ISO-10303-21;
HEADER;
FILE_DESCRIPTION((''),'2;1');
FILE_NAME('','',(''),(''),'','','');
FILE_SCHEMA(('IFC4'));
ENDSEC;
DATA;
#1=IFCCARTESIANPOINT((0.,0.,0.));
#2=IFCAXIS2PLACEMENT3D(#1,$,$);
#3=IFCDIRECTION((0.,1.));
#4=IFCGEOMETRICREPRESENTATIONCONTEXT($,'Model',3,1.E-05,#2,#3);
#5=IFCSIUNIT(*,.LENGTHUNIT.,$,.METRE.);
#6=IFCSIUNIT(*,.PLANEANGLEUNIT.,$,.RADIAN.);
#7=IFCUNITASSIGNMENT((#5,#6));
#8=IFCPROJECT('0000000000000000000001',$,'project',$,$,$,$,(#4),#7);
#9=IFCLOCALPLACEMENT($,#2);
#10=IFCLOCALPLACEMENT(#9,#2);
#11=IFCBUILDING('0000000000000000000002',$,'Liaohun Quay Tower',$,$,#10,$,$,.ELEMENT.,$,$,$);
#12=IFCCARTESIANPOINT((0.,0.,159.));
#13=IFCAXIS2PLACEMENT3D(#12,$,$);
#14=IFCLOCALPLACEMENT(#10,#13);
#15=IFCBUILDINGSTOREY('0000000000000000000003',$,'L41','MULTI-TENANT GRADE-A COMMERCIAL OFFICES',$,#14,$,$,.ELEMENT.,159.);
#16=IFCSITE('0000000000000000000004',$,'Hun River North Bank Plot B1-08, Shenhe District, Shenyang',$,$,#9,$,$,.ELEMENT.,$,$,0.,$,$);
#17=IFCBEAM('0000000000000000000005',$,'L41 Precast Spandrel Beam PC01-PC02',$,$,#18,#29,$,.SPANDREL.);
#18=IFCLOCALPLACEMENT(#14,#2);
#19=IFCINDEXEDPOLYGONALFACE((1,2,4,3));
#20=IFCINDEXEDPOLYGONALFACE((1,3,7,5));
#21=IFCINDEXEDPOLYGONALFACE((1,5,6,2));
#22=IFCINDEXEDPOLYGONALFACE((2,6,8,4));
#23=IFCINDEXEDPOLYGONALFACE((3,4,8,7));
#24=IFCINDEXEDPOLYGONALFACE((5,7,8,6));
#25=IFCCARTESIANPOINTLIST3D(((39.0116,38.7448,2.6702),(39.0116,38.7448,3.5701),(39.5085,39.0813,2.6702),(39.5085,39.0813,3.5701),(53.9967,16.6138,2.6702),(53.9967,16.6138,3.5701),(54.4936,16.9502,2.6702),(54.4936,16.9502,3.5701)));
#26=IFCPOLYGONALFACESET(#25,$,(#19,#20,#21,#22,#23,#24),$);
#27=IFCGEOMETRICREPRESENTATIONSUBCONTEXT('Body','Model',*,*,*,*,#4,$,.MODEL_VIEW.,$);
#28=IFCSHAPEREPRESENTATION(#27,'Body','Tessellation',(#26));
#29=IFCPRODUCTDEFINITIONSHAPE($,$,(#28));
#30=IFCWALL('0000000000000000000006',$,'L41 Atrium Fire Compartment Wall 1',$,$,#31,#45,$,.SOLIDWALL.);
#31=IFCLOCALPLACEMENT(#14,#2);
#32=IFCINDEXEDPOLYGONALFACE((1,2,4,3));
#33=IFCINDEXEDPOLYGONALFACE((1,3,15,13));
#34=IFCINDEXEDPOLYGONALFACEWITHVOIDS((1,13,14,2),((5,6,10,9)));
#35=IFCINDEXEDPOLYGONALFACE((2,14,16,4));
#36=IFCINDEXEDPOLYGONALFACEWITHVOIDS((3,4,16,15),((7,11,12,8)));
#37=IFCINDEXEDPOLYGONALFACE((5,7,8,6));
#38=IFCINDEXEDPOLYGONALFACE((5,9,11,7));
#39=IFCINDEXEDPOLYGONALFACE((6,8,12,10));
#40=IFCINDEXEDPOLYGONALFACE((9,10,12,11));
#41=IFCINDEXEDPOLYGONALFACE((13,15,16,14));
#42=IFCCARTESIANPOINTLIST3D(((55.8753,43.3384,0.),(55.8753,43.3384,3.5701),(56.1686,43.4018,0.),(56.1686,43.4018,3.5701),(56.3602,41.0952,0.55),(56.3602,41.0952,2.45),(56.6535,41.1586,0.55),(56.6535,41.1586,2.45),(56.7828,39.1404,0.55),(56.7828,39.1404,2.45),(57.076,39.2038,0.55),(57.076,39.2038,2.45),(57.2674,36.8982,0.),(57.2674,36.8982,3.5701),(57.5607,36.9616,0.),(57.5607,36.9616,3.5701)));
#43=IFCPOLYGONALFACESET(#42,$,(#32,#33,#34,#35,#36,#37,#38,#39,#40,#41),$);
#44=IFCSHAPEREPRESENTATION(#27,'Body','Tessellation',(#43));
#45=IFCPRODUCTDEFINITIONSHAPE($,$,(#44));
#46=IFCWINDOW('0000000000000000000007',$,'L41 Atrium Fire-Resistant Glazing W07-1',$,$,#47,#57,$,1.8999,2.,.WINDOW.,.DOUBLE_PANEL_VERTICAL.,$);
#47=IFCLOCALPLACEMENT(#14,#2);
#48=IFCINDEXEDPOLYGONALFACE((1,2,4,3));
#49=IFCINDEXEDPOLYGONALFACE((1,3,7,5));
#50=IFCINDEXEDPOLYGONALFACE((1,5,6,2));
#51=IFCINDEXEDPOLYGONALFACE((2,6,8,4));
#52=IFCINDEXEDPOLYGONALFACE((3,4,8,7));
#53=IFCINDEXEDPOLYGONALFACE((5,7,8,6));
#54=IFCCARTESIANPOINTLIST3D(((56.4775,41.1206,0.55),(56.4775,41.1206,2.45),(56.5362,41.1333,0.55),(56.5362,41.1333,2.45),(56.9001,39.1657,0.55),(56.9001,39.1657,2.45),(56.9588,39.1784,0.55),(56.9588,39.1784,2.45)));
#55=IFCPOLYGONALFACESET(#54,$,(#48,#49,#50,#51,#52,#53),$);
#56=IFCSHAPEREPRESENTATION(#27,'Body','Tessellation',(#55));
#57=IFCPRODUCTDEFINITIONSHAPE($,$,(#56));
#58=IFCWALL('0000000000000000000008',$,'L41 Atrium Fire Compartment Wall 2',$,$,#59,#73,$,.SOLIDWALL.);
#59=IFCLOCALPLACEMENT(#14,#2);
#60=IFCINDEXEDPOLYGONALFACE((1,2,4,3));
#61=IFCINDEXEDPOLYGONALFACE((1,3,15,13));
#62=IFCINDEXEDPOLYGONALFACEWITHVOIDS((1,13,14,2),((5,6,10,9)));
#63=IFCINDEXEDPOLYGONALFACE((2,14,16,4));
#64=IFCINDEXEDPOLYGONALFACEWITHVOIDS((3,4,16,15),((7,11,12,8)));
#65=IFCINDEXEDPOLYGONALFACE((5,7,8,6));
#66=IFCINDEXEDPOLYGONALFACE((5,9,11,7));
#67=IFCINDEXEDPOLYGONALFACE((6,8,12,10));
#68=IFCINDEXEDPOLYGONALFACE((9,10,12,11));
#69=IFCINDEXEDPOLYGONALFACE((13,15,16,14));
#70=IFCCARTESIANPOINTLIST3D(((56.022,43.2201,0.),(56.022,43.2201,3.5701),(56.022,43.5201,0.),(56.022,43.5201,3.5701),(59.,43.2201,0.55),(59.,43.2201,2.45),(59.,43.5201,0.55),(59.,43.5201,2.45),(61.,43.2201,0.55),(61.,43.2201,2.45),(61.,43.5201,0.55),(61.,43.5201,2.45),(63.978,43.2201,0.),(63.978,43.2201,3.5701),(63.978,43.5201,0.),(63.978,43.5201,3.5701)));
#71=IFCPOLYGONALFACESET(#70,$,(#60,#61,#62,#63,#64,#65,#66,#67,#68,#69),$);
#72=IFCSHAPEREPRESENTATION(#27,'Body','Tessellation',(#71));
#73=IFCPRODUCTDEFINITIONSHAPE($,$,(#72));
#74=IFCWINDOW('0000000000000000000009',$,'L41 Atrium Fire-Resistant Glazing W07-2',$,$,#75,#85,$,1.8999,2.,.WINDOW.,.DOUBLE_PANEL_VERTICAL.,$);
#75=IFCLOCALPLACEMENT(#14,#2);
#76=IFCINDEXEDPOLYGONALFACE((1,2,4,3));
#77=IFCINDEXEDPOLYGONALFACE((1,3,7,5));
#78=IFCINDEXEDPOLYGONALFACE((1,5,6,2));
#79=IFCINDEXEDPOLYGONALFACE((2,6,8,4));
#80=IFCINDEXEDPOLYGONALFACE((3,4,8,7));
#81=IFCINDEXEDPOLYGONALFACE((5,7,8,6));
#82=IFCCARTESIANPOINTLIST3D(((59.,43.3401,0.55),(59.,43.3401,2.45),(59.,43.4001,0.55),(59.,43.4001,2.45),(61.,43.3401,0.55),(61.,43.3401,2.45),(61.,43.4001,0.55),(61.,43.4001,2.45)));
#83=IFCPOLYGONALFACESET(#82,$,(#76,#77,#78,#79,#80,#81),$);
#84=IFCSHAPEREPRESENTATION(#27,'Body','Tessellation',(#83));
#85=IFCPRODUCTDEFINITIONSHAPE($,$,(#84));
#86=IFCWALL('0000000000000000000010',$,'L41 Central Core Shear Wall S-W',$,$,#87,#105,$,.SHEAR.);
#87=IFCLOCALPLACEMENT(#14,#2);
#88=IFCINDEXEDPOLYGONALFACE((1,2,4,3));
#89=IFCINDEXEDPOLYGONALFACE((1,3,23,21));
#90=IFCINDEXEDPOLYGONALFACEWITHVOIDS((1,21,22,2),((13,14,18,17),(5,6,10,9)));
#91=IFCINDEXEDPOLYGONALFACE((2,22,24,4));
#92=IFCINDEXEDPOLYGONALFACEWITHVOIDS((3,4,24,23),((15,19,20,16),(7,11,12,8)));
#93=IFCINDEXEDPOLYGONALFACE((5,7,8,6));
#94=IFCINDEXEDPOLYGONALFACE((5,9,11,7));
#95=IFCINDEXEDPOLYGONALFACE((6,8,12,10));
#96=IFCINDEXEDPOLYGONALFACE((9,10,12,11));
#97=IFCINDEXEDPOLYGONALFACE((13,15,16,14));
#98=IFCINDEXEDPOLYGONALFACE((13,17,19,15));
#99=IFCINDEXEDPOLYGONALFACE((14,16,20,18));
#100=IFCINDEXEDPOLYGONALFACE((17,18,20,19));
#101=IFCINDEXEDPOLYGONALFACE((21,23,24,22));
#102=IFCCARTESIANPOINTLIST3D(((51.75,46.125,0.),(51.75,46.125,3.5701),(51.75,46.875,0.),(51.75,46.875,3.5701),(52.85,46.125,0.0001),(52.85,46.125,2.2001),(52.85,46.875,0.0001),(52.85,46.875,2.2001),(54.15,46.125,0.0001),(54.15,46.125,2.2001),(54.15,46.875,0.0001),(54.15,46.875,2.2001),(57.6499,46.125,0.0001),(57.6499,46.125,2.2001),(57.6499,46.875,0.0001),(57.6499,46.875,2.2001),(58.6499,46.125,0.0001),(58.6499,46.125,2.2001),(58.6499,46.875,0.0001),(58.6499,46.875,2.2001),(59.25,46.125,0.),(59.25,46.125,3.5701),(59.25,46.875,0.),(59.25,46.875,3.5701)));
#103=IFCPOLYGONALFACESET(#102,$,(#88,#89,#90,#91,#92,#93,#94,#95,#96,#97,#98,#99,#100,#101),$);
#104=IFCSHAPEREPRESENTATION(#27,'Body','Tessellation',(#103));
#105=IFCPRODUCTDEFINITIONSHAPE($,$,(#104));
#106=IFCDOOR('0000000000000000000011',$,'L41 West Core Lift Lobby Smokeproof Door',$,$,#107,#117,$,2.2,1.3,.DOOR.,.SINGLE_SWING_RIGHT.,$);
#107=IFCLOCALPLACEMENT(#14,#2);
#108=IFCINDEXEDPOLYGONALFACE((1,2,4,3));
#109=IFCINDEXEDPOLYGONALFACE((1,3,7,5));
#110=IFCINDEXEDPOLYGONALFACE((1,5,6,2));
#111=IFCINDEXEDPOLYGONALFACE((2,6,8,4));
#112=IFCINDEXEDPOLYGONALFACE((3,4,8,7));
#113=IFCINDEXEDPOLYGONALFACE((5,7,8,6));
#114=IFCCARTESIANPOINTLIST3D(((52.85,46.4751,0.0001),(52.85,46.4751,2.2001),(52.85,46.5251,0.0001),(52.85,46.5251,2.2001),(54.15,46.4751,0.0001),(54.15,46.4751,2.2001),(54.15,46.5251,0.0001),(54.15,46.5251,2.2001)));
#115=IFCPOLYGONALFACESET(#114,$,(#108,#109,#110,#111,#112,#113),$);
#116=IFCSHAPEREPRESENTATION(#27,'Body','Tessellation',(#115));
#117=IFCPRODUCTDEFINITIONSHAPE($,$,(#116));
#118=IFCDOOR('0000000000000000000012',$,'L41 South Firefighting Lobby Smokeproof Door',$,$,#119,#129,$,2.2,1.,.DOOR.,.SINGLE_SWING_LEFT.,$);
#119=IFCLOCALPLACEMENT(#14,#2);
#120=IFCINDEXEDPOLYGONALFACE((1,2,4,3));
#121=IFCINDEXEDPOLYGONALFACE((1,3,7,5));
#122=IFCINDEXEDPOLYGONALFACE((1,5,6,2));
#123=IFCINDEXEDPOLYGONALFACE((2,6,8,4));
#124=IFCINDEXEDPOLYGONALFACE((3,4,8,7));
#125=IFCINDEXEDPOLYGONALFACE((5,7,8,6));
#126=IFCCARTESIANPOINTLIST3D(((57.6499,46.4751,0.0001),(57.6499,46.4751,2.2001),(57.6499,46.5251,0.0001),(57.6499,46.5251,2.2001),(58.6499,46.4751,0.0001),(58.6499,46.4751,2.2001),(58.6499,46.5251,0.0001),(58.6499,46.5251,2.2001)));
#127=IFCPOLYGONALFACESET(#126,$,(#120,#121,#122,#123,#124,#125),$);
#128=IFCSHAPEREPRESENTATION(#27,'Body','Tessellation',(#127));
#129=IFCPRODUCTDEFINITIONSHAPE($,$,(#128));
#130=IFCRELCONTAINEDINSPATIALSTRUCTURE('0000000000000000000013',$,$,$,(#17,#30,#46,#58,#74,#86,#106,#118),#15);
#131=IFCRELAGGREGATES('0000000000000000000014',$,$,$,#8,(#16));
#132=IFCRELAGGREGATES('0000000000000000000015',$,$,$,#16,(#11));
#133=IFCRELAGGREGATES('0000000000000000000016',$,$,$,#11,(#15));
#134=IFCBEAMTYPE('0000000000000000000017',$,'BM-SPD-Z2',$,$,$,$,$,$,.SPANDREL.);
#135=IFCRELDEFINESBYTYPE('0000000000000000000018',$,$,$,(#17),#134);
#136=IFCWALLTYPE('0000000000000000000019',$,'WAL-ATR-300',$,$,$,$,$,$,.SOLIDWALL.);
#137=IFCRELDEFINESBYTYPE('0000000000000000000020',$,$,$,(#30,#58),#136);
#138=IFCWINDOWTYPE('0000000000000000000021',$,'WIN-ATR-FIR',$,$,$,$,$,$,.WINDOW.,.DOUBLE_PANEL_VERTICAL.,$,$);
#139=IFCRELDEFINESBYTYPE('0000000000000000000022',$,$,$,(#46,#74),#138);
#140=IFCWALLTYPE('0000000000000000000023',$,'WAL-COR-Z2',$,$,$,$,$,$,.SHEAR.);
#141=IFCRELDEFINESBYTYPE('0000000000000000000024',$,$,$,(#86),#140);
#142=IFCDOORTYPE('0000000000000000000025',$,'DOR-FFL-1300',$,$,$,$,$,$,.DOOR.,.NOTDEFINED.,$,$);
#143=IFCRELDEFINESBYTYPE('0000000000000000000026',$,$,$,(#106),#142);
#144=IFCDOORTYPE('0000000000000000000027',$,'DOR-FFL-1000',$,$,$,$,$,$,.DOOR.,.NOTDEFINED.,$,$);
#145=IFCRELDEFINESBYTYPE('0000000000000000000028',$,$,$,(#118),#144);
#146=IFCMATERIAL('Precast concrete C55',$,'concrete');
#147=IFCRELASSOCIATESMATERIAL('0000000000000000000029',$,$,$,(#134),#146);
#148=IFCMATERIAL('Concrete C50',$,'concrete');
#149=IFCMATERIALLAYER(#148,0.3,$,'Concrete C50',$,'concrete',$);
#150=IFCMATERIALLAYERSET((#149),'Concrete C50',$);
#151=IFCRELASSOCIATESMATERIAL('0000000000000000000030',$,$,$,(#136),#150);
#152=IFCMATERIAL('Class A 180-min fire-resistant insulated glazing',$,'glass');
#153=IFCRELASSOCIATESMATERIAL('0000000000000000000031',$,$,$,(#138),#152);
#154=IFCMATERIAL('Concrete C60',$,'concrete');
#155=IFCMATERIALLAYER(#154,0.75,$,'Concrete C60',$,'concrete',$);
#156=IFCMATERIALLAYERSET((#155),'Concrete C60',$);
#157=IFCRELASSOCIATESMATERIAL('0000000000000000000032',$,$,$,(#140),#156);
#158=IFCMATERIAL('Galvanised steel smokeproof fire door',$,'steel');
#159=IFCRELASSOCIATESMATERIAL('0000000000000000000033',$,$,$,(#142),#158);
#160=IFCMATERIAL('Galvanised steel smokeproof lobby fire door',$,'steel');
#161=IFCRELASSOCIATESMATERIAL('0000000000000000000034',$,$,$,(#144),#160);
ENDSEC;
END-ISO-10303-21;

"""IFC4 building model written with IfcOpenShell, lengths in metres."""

from ifc_helpers import new_model, si_unit, direction, frame, frame_2d, origin, origin_2d, place, context, subcontext, project, spatial, rectangle, extrude, source, transform, mapped, material, layer, layer_set, material_profile, profile_set, type_object, element, fill, save


model = new_model("IFC4")

# Units and contexts
model_context = context("Model", 3, precision=1e-05, world=origin(), true_north=direction((0.0, 1.0)))
body_context = subcontext(model_context, "Body", "Model", "MODEL_VIEW")
ifc_project = project(units=[si_unit("LENGTHUNIT", "METRE"), si_unit("PLANEANGLEUNIT", "RADIAN")], contexts=[model_context])

# Site, building, storey
site_placement = place(None, origin())
site = spatial("IfcSite", under=ifc_project, at=site_placement, Name="Hun River North Bank Plot B1-08, Shenhe District, Shenyang", CompositionType="ELEMENT", RefElevation=0.0)
building_placement = place(site_placement, origin())
building = spatial("IfcBuilding", under=site, at=building_placement, Name="Liaohun Quay Tower", CompositionType="ELEMENT")
storey_placement = place(building_placement, frame((0.0, 0.0, 159.0)))
storey = spatial("IfcBuildingStorey", under=building, at=storey_placement, Name="L41", Description="MULTI-TENANT GRADE-A COMMERCIAL OFFICES", CompositionType="ELEMENT", Elevation=159.0)

# Shared definitions
ifc_material_1 = material(Name="Concrete C60", Category="concrete")

# Beam
ifc_material_2 = material(Name="Precast concrete C55", Category="concrete")
ifc_material_profile_1 = material_profile(ifc_material_2, rectangle(XDim=0.6001, YDim=0.8999, at=origin_2d()), Name="RC600x900")
ifc_profile_set_1 = profile_set([ifc_material_profile_1], Name="Precast concrete C55")
beam_type_1 = type_object("IfcBeamType", Name="BM-SPD-Z2", PredefinedType="SPANDREL", material=ifc_profile_set_1)
shared_shape_1 = source(origin(), body_context, "Body", "SweptSolid", [
    extrude(rectangle(XDim=0.6001, YDim=0.8999, at=origin_2d()), origin(), (0.0, 0.0, 1.0), 26.7271),
])
beam_1_placement = place(storey_placement, frame((54.2451, 16.782, 3.1201), z_axis=(-0.56067, 0.828039, 0.0), x_axis=(-0.828039, -0.56067, 0.0)))
element("IfcBeam", 1, at=beam_1_placement, inside=storey, type_object=beam_type_1, Name="L41 Precast Spandrel Beam PC01-PC02", PredefinedType="SPANDREL", context=body_context, shape_type="MappedRepresentation", body=[
    mapped(shared_shape_1, transform((0.0, 0.0, 0.0), x_axis=(1.0, 0.0, 0.0), y_axis=(0.0, 1.0, 0.0), z_axis=(0.0, 0.0, 1.0), scale=1.0)),
])

# Walls, openings, windows
ifc_material_3 = material(Name="Concrete C50", Category="concrete")
ifc_layer_1 = layer(ifc_material_3, 0.3, Name="Concrete C50", Category="concrete")
ifc_layer_set_1 = layer_set([ifc_layer_1], Name="Concrete C50")
wall_type_1 = type_object("IfcWallType", Name="WAL-ATR-300", PredefinedType="SOLIDWALL", material=ifc_layer_set_1)
wall_1_placement = place(storey_placement, frame((57.4141, 36.9299, 0.0), z_axis=(0.0, 0.0, 1.0), x_axis=(-0.211277, 0.977426, 0.0)))
wall_1 = element("IfcWall", 2, at=wall_1_placement, inside=storey, type_object=wall_type_1, Name="L41 Atrium Fire Compartment Wall 1", PredefinedType="SOLIDWALL", context=body_context, shape_type="SweptSolid", body=[
    extrude(rectangle(XDim=6.5889, YDim=0.3, at=frame_2d((3.2944, 0.0))), origin(), (0.0, 0.0, 1.0), 3.5701),
])
shared_shape_2 = source(origin(), body_context, "Body", "SweptSolid", [
    extrude(rectangle(XDim=2.0, YDim=1.8999, at=frame_2d((1.0, 0.95))), frame((0.0, 0.1599, 0.0), z_axis=(0.0, -1.0, 0.0), x_axis=(1.0, 0.0, 0.0)), (0.0, 0.0, 1.0), 0.3201),
])
opening_1_placement = place(wall_1_placement, frame((2.2939, 0.0, 0.55)))
opening_1 = element("IfcOpeningElement", 3, at=opening_1_placement, cuts=wall_1, PredefinedType="OPENING", context=body_context, shape_type="MappedRepresentation", body=[
    mapped(shared_shape_2, transform((0.0, 0.0, 0.0), x_axis=(1.0, 0.0, 0.0), y_axis=(0.0, 1.0, 0.0), z_axis=(0.0, 0.0, 1.0), scale=1.0)),
])
ifc_material_4 = material(Name="Class A 180-min fire-resistant insulated glazing", Category="glass")
window_type_1 = type_object("IfcWindowType", Name="WIN-ATR-FIR", PartitioningType="DOUBLE_PANEL_VERTICAL", PredefinedType="WINDOW", material=ifc_material_4)
shared_shape_3 = source(origin(), body_context, "Body", "SweptSolid", [
    extrude(rectangle(XDim=2.0, YDim=1.8999, at=frame_2d((1.0, 0.95))), frame((0.0, 0.03, 0.0), z_axis=(0.0, -1.0, 0.0), x_axis=(1.0, 0.0, 0.0)), (0.0, 0.0, 1.0), 0.0601),
])
window_1_placement = place(opening_1_placement, origin())
window_1 = element("IfcWindow", 4, at=window_1_placement, inside=storey, type_object=window_type_1, Name="L41 Atrium Fire-Resistant Glazing W07-1", OverallHeight=1.8999, OverallWidth=2.0, PartitioningType="DOUBLE_PANEL_VERTICAL", PredefinedType="WINDOW", context=body_context, shape_type="MappedRepresentation", body=[
    mapped(shared_shape_3, transform((0.0, 0.0, 0.0), x_axis=(1.0, 0.0, 0.0), y_axis=(0.0, 1.0, 0.0), z_axis=(0.0, 0.0, 1.0), scale=1.0)),
])
fill(opening_1, window_1)
wall_2_placement = place(storey_placement, frame((56.022, 43.3701, 0.0), z_axis=(0.0, 0.0, 1.0), x_axis=(1.0, 0.0, 0.0)))
wall_2 = element("IfcWall", 5, at=wall_2_placement, inside=storey, type_object=wall_type_1, Name="L41 Atrium Fire Compartment Wall 2", PredefinedType="SOLIDWALL", context=body_context, shape_type="SweptSolid", body=[
    extrude(rectangle(XDim=7.9561, YDim=0.3, at=frame_2d((3.978, 0.0))), origin(), (0.0, 0.0, 1.0), 3.5701),
])
opening_2_placement = place(wall_2_placement, frame((2.978, 0.0, 0.55)))
opening_2 = element("IfcOpeningElement", 6, at=opening_2_placement, cuts=wall_2, PredefinedType="OPENING", context=body_context, shape_type="MappedRepresentation", body=[
    mapped(shared_shape_2, transform((0.0, 0.0, 0.0), x_axis=(1.0, 0.0, 0.0), y_axis=(0.0, 1.0, 0.0), z_axis=(0.0, 0.0, 1.0), scale=1.0)),
])
window_2_placement = place(opening_2_placement, origin())
window_2 = element("IfcWindow", 7, at=window_2_placement, inside=storey, type_object=window_type_1, Name="L41 Atrium Fire-Resistant Glazing W07-2", OverallHeight=1.8999, OverallWidth=2.0, PartitioningType="DOUBLE_PANEL_VERTICAL", PredefinedType="WINDOW", context=body_context, shape_type="MappedRepresentation", body=[
    mapped(shared_shape_3, transform((0.0, 0.0, 0.0), x_axis=(1.0, 0.0, 0.0), y_axis=(0.0, 1.0, 0.0), z_axis=(0.0, 0.0, 1.0), scale=1.0)),
])
fill(opening_2, window_2)

# Wall, openings, doors
ifc_layer_2 = layer(ifc_material_1, 0.75, Name="Concrete C60", Category="concrete")
ifc_layer_set_2 = layer_set([ifc_layer_2], Name="Concrete C60")
wall_type_2 = type_object("IfcWallType", Name="WAL-COR-Z2", PredefinedType="SHEAR", material=ifc_layer_set_2)
wall_3_placement = place(storey_placement, frame((59.25, 46.5, 0.0), z_axis=(0.0, 0.0, 1.0), x_axis=(-1.0, 0.0, 0.0)))
wall_3 = element("IfcWall", 8, at=wall_3_placement, inside=storey, type_object=wall_type_2, Name="L41 Central Core Shear Wall S-W", PredefinedType="SHEAR", context=body_context, shape_type="SweptSolid", body=[
    extrude(rectangle(XDim=7.5, YDim=0.75, at=frame_2d((3.75, 0.0))), origin(), (0.0, 0.0, 1.0), 3.5701),
])
shared_shape_4 = source(origin(), body_context, "Body", "SweptSolid", [
    extrude(rectangle(XDim=1.3, YDim=2.2, at=frame_2d((0.6499, 1.1001))), frame((0.0, 0.385, 0.0), z_axis=(0.0, -1.0, 0.0), x_axis=(1.0, 0.0, 0.0)), (0.0, 0.0, 1.0), 0.77),
])
opening_3_placement = place(wall_3_placement, frame((5.1001, 0.0, 0.0)))
opening_3 = element("IfcOpeningElement", 9, at=opening_3_placement, cuts=wall_3, PredefinedType="OPENING", context=body_context, shape_type="MappedRepresentation", body=[
    mapped(shared_shape_4, transform((0.0, 0.0, 0.0), x_axis=(1.0, 0.0, 0.0), y_axis=(0.0, 1.0, 0.0), z_axis=(0.0, 0.0, 1.0), scale=1.0)),
])
shared_shape_5 = source(origin(), body_context, "Body", "SweptSolid", [
    extrude(rectangle(XDim=1.0, YDim=2.2, at=frame_2d((0.5, 1.1001))), frame((0.0, 0.385, 0.0), z_axis=(0.0, -1.0, 0.0), x_axis=(1.0, 0.0, 0.0)), (0.0, 0.0, 1.0), 0.77),
])
opening_4_placement = place(wall_3_placement, frame((0.6001, 0.0, 0.0)))
opening_4 = element("IfcOpeningElement", 10, at=opening_4_placement, cuts=wall_3, PredefinedType="OPENING", context=body_context, shape_type="MappedRepresentation", body=[
    mapped(shared_shape_5, transform((0.0, 0.0, 0.0), x_axis=(1.0, 0.0, 0.0), y_axis=(0.0, 1.0, 0.0), z_axis=(0.0, 0.0, 1.0), scale=1.0)),
])
ifc_material_5 = material(Name="Galvanised steel smokeproof fire door", Category="steel")
door_type_1 = type_object("IfcDoorType", Name="DOR-FFL-1300", OperationType="NOTDEFINED", PredefinedType="DOOR", material=ifc_material_5)
shared_shape_6 = source(origin(), body_context, "Body", "SweptSolid", [
    extrude(rectangle(XDim=1.3, YDim=2.2, at=frame_2d((0.6499, 1.1001))), frame((0.0, 0.0249, 0.0), z_axis=(0.0, -1.0, 0.0), x_axis=(1.0, 0.0, 0.0)), (0.0, 0.0, 1.0), 0.05),
])
door_1_placement = place(opening_3_placement, origin())
door_1 = element("IfcDoor", 11, at=door_1_placement, inside=storey, type_object=door_type_1, Name="L41 West Core Lift Lobby Smokeproof Door", OperationType="SINGLE_SWING_RIGHT", OverallHeight=2.2, OverallWidth=1.3, PredefinedType="DOOR", context=body_context, shape_type="MappedRepresentation", body=[
    mapped(shared_shape_6, transform((0.0, 0.0, 0.0), x_axis=(1.0, 0.0, 0.0), y_axis=(0.0, 1.0, 0.0), z_axis=(0.0, 0.0, 1.0), scale=1.0)),
])
fill(opening_3, door_1)
ifc_material_6 = material(Name="Galvanised steel smokeproof lobby fire door", Category="steel")
door_type_2 = type_object("IfcDoorType", Name="DOR-FFL-1000", OperationType="NOTDEFINED", PredefinedType="DOOR", material=ifc_material_6)
shared_shape_7 = source(origin(), body_context, "Body", "SweptSolid", [
    extrude(rectangle(XDim=1.0, YDim=2.2, at=frame_2d((0.5, 1.1001))), frame((0.0, 0.0249, 0.0), z_axis=(0.0, -1.0, 0.0), x_axis=(1.0, 0.0, 0.0)), (0.0, 0.0, 1.0), 0.05),
])
door_2_placement = place(opening_4_placement, origin())
door_2 = element("IfcDoor", 12, at=door_2_placement, inside=storey, type_object=door_type_2, Name="L41 South Firefighting Lobby Smokeproof Door", OperationType="SINGLE_SWING_LEFT", OverallHeight=2.2, OverallWidth=1.0, PredefinedType="DOOR", context=body_context, shape_type="MappedRepresentation", body=[
    mapped(shared_shape_7, transform((0.0, 0.0, 0.0), x_axis=(1.0, 0.0, 0.0), y_axis=(0.0, 1.0, 0.0), z_axis=(0.0, 0.0, 1.0), scale=1.0)),
])
fill(opening_4, door_2)

save(model, "model.ifc")
